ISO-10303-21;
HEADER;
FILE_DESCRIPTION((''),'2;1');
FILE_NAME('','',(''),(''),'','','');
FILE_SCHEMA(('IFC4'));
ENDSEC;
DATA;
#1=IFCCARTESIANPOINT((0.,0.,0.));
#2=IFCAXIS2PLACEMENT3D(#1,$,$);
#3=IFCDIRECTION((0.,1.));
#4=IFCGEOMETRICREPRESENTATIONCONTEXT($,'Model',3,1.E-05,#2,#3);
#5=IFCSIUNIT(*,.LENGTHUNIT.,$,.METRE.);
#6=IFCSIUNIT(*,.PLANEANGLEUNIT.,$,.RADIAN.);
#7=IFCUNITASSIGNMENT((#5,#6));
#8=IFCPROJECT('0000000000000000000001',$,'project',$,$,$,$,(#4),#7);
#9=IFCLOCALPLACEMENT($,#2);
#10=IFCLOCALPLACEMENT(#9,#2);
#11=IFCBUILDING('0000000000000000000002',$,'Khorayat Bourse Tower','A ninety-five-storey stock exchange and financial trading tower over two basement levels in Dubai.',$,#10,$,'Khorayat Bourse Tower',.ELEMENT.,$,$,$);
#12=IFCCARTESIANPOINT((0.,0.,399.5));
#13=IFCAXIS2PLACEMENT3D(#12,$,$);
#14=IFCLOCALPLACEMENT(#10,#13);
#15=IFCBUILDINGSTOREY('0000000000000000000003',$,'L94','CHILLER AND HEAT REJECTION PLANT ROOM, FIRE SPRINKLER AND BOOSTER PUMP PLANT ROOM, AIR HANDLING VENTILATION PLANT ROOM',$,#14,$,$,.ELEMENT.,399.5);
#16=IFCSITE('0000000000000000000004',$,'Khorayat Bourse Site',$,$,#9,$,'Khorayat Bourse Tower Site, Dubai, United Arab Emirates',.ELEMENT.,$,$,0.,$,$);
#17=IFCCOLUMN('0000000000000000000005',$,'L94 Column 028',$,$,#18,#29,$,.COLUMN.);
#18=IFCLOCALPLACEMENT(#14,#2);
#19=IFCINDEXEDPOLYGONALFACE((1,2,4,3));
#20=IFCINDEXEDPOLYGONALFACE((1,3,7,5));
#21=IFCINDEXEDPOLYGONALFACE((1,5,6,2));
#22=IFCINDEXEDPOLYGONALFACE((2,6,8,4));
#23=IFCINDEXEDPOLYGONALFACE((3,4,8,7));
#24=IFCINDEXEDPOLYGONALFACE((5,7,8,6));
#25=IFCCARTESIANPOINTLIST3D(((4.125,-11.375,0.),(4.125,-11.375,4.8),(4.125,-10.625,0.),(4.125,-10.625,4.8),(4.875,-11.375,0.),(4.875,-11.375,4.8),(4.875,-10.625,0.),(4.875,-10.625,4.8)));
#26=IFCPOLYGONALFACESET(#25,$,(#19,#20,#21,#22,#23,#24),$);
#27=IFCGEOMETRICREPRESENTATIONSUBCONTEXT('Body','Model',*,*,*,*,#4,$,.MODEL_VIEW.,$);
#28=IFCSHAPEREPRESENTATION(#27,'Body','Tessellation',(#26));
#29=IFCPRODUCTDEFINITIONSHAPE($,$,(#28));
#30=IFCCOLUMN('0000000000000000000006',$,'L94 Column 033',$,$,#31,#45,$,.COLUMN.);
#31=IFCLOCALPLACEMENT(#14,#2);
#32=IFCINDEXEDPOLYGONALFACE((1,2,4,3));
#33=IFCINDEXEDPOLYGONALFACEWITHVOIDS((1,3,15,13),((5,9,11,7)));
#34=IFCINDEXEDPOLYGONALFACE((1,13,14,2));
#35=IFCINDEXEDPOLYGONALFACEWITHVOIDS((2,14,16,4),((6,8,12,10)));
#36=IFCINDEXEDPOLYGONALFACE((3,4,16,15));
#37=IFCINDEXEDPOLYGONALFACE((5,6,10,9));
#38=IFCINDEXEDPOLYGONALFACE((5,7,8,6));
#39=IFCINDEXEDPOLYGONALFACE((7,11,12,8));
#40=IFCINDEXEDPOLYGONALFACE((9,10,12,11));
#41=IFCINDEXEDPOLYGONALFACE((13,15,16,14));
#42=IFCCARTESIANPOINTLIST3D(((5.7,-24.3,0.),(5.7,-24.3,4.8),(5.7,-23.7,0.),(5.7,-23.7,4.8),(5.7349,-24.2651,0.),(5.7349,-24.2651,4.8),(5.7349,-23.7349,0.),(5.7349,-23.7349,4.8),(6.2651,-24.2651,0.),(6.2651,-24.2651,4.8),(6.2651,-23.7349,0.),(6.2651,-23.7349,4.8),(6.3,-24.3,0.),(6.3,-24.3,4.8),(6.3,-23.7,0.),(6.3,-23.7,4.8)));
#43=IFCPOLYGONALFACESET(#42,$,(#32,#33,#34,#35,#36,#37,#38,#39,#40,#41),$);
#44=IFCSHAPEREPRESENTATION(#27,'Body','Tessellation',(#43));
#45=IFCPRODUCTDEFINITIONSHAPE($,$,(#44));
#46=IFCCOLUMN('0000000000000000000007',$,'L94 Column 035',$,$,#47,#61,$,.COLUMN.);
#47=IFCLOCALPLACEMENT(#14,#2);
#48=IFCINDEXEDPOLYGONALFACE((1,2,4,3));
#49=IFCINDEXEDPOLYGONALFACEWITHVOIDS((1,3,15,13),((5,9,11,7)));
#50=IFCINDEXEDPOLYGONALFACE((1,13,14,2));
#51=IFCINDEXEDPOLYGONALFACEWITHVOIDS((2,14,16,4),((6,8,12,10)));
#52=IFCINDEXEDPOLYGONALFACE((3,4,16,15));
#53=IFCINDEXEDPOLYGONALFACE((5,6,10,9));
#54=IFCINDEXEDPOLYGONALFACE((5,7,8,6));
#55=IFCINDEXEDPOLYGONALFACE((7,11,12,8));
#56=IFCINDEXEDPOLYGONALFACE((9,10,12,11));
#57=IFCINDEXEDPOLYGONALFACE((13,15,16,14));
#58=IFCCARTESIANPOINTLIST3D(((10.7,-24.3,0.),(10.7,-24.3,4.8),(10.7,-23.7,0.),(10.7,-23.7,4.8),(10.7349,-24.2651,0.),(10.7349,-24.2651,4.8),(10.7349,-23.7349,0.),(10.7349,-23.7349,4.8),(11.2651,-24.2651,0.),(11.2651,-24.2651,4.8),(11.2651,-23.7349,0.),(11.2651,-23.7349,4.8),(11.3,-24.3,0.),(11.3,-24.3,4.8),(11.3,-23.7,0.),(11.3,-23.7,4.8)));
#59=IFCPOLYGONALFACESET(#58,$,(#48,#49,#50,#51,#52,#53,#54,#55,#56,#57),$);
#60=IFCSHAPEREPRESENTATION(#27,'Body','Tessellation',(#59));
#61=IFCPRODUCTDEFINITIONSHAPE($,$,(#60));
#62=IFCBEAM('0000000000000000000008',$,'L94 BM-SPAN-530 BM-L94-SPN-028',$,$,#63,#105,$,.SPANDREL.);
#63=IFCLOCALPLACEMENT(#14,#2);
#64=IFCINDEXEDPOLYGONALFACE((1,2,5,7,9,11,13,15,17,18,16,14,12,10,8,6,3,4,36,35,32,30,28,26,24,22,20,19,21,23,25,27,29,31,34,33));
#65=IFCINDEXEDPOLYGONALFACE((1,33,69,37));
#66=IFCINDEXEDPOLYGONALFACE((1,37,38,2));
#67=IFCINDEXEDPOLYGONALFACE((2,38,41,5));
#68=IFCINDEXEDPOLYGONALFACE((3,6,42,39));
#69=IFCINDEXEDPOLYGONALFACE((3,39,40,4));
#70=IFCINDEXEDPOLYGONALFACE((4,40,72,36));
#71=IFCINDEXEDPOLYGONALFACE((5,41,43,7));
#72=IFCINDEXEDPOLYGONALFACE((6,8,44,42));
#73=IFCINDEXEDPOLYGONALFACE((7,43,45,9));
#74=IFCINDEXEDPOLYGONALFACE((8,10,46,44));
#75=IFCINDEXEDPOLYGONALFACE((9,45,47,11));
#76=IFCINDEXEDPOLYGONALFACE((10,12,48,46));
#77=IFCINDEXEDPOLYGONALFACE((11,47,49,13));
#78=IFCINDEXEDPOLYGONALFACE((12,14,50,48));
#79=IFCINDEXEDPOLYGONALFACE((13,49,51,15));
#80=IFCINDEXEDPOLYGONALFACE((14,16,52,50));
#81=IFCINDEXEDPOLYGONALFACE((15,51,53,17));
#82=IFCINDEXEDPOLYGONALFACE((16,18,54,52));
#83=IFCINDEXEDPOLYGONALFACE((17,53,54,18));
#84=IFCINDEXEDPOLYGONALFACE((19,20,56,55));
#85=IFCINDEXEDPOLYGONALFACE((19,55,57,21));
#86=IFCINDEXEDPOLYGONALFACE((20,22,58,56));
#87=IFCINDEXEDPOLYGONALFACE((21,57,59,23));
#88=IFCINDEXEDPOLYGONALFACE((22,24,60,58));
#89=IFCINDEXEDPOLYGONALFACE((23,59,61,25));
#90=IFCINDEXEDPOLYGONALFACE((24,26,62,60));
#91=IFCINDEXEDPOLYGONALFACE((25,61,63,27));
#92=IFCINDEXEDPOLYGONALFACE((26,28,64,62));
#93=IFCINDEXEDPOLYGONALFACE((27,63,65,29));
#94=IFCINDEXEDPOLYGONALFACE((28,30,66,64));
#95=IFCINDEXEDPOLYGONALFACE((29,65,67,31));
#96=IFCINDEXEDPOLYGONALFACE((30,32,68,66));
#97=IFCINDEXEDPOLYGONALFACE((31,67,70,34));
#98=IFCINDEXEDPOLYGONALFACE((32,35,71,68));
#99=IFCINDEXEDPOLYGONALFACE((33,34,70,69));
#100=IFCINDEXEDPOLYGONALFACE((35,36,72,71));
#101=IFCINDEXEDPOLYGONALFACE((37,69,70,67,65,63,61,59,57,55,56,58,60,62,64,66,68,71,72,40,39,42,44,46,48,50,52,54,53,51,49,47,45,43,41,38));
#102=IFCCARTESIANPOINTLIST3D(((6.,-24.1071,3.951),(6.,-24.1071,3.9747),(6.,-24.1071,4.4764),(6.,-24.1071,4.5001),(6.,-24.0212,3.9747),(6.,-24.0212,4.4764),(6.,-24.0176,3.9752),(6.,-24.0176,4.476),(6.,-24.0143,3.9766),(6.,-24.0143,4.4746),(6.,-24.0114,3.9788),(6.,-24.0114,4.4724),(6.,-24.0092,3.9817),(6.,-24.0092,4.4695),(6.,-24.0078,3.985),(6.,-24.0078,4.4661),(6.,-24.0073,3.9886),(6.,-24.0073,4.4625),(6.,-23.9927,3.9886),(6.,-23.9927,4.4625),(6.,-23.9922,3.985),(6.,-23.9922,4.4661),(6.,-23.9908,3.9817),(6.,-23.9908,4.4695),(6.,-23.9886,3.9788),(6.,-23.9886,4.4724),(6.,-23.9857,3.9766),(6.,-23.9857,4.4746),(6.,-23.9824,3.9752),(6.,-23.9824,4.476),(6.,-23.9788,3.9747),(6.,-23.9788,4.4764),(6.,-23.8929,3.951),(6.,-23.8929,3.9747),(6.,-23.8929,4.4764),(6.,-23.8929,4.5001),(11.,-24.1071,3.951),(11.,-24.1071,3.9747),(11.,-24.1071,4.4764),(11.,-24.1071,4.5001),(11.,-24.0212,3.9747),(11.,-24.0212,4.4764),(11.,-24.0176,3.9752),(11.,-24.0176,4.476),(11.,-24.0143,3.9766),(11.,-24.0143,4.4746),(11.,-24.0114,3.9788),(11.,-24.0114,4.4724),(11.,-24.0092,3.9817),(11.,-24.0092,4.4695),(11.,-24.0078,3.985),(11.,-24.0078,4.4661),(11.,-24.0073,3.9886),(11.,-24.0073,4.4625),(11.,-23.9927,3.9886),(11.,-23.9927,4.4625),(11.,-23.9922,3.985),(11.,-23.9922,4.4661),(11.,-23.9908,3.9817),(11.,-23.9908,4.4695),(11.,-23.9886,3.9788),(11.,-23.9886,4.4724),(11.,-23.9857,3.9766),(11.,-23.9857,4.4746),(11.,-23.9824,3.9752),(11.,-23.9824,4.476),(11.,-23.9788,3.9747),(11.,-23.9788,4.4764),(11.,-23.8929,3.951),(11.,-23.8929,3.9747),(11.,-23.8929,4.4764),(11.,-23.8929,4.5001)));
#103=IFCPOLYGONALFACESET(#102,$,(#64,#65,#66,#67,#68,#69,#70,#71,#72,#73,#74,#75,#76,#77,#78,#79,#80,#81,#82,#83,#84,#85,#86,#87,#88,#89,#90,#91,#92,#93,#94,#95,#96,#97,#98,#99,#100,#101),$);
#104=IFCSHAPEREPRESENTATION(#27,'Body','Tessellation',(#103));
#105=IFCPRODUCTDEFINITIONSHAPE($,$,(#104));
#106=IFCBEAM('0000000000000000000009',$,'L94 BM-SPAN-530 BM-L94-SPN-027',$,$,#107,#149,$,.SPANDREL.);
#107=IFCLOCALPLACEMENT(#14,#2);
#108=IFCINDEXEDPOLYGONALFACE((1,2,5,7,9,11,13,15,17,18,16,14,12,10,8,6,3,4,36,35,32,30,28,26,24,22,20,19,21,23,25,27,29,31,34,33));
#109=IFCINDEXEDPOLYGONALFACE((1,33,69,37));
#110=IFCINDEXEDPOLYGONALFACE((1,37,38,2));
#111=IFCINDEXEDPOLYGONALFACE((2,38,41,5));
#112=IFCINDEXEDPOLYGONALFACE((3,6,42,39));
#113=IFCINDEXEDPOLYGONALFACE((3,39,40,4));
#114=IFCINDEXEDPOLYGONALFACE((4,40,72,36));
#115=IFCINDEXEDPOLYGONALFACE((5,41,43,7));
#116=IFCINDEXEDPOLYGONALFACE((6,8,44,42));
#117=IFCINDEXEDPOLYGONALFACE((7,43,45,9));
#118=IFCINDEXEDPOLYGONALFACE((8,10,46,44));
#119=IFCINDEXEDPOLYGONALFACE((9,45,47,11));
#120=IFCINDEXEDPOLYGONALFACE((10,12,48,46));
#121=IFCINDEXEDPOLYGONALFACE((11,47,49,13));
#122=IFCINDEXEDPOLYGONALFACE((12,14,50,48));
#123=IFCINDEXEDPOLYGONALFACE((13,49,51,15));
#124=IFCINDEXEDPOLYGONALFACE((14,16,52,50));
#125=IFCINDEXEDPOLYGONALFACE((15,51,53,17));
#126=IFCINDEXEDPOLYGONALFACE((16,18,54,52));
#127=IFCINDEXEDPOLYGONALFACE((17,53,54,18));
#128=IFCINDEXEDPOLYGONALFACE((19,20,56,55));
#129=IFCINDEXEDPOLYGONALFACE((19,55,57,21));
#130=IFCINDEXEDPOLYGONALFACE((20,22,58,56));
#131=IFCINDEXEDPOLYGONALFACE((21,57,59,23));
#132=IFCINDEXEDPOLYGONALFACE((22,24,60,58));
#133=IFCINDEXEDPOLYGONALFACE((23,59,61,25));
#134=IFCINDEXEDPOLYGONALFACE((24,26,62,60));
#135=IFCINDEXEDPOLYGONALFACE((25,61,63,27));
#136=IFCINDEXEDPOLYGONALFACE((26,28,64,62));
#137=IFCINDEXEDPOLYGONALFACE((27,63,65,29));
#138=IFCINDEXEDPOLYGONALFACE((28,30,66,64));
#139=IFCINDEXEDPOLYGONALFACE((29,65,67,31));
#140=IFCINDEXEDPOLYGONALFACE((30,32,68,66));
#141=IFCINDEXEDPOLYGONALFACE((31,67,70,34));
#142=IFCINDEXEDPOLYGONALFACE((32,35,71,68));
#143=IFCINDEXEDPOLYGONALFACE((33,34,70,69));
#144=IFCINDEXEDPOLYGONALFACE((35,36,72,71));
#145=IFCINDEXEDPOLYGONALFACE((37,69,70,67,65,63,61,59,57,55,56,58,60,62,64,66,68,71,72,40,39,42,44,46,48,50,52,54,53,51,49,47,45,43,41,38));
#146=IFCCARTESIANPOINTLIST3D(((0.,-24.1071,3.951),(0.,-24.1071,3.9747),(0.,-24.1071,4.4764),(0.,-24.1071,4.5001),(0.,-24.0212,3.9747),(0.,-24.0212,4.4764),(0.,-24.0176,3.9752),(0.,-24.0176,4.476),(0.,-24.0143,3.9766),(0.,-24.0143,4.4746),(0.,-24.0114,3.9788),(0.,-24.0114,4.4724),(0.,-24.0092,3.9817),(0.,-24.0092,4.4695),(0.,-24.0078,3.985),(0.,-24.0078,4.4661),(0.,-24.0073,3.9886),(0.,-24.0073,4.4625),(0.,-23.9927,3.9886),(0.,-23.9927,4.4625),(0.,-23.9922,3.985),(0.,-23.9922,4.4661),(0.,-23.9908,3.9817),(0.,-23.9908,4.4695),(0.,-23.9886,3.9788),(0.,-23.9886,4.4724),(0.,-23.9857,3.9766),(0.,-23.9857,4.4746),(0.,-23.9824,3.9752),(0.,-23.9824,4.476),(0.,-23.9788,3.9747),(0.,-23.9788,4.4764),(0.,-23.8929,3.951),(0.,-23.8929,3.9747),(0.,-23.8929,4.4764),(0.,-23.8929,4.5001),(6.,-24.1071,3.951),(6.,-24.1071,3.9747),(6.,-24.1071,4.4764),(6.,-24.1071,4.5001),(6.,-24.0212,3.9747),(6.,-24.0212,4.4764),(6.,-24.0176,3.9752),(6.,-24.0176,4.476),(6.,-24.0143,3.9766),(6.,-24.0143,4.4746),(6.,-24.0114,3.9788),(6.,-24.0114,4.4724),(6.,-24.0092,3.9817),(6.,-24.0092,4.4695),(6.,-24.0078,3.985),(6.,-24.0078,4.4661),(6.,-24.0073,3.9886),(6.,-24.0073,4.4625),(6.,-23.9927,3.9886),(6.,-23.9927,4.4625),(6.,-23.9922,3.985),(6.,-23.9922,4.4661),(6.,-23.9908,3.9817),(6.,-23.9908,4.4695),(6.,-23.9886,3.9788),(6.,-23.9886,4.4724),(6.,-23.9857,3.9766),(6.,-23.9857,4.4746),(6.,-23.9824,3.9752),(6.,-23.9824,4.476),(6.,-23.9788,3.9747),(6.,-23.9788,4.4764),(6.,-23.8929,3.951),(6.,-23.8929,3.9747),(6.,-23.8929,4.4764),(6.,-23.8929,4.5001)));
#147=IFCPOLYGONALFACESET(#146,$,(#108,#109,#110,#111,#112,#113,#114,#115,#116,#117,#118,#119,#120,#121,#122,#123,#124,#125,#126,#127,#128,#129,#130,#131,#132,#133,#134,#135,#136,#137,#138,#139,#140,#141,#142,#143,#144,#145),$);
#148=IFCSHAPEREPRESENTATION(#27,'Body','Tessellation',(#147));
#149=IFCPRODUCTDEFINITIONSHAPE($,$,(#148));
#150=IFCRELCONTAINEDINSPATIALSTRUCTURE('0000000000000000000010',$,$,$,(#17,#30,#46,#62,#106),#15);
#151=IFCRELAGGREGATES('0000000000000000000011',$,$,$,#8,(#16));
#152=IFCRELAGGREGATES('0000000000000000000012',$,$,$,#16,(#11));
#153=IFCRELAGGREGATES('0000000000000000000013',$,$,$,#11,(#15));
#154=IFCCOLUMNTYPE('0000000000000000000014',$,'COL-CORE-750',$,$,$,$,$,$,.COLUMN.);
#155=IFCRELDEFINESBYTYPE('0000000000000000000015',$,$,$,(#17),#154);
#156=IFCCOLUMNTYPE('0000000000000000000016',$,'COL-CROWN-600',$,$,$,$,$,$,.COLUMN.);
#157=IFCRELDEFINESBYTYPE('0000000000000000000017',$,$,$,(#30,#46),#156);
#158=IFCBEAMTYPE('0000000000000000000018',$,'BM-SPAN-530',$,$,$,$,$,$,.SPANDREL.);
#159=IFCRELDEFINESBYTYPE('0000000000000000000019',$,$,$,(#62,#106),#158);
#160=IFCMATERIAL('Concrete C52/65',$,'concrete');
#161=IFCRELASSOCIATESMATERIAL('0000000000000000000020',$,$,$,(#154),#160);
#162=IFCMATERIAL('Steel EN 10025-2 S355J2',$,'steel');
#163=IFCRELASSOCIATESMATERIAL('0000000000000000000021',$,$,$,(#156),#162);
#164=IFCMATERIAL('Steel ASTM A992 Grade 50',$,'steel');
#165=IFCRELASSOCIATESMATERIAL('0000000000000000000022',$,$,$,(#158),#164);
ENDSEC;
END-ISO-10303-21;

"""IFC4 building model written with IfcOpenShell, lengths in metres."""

from ifc_helpers import new_model, si_unit, direction, frame, origin, origin_2d, place, context, subcontext, project, spatial, rectangle, hollow_rectangle, i_section, extrude, source, transform, mapped, material, material_profile, profile_set, type_object, element, save


model = new_model("IFC4")

# Units and contexts
model_context = context("Model", 3, precision=1e-05, world=origin(), true_north=direction((0.0, 1.0)))
body_context = subcontext(model_context, "Body", "Model", "MODEL_VIEW")
ifc_project = project(units=[si_unit("LENGTHUNIT", "METRE"), si_unit("PLANEANGLEUNIT", "RADIAN")], contexts=[model_context])

# Site, building, storey
site_placement = place(None, origin())
site = spatial("IfcSite", under=ifc_project, at=site_placement, Name="Khorayat Bourse Site", LongName="Khorayat Bourse Tower Site, Dubai, United Arab Emirates", CompositionType="ELEMENT", RefElevation=0.0)
building_placement = place(site_placement, origin())
building = spatial("IfcBuilding", under=site, at=building_placement, Name="Khorayat Bourse Tower", Description="A ninety-five-storey stock exchange and financial trading tower over two basement levels in Dubai.", LongName="Khorayat Bourse Tower", CompositionType="ELEMENT")
storey_placement = place(building_placement, frame((0.0, 0.0, 399.5)))
storey = spatial("IfcBuildingStorey", under=building, at=storey_placement, Name="L94", Description="CHILLER AND HEAT REJECTION PLANT ROOM, FIRE SPRINKLER AND BOOSTER PUMP PLANT ROOM, AIR HANDLING VENTILATION PLANT ROOM", CompositionType="ELEMENT", Elevation=399.5)

# Columns
ifc_material_1 = material(Name="Concrete C52/65", Category="concrete")
ifc_material_profile_1 = material_profile(ifc_material_1, rectangle(XDim=0.75, YDim=0.75, at=origin_2d()), Name="RC 750x750")
ifc_profile_set_1 = profile_set([ifc_material_profile_1], Name="Concrete C52/65")
column_type_1 = type_object("IfcColumnType", Name="COL-CORE-750", PredefinedType="COLUMN", material=ifc_profile_set_1)
shared_shape_1 = source(origin(), body_context, "Body", "SweptSolid", [
    extrude(rectangle(XDim=0.75, YDim=0.75, at=origin_2d()), origin(), (0.0, 0.0, 1.0), 4.8),
])
column_placement = place(storey_placement, frame((4.5, -11.0, 0.0), z_axis=(0.0, 0.0, 1.0), x_axis=(1.0, 0.0, 0.0)))
element("IfcColumn", 1, at=column_placement, inside=storey, type_object=column_type_1, Name="L94 Column 028", PredefinedType="COLUMN", context=body_context, shape_type="MappedRepresentation", body=[
    mapped(shared_shape_1, transform((0.0, 0.0, 0.0), scale=1.0)),
])
ifc_material_2 = material(Name="Steel EN 10025-2 S355J2", Category="steel")
ifc_material_profile_2 = material_profile(ifc_material_2, hollow_rectangle(XDim=0.6001, YDim=0.6001, WallThickness=0.0349, at=origin_2d()), Name="BOX 600x600x35")
ifc_profile_set_2 = profile_set([ifc_material_profile_2], Name="Steel EN 10025-2 S355J2")
column_type_2 = type_object("IfcColumnType", Name="COL-CROWN-600", PredefinedType="COLUMN", material=ifc_profile_set_2)
shared_shape_2 = source(origin(), body_context, "Body", "SweptSolid", [
    extrude(hollow_rectangle(XDim=0.6001, YDim=0.6001, WallThickness=0.0349, at=origin_2d()), origin(), (0.0, 0.0, 1.0), 4.8),
])
for number, where, z_axis, x_axis, name in (
    (2, (6.0, -24.0, 0.0), (0.0, 0.0, 1.0), (1.0, 0.0, 0.0), "L94 Column 033"),
    (3, (11.0, -24.0, 0.0), (0.0, 0.0, 1.0), (1.0, 0.0, 0.0), "L94 Column 035"),
):
    element("IfcColumn", number, at=place(storey_placement, frame(where, z_axis=z_axis, x_axis=x_axis)), inside=storey, type_object=column_type_2, Name=name, PredefinedType="COLUMN", context=body_context, shape_type="MappedRepresentation", body=[
        mapped(shared_shape_2, transform((0.0, 0.0, 0.0), scale=1.0)),
    ])

# Beams
ifc_material_3 = material(Name="Steel ASTM A992 Grade 50", Category="steel")
ifc_material_profile_3 = material_profile(ifc_material_3, i_section(OverallWidth=0.2141, OverallDepth=0.5491, WebThickness=0.0146, FlangeThickness=0.0237, FilletRadius=0.0139, at=origin_2d()), Name="W530X138")
ifc_profile_set_3 = profile_set([ifc_material_profile_3], Name="Steel ASTM A992 Grade 50")
beam_type_1 = type_object("IfcBeamType", Name="BM-SPAN-530", PredefinedType="SPANDREL", material=ifc_profile_set_3)
shared_shape_3 = source(origin(), body_context, "Body", "SweptSolid", [
    extrude(i_section(OverallWidth=0.2141, OverallDepth=0.5491, WebThickness=0.0146, FlangeThickness=0.0237, FilletRadius=0.0139, at=origin_2d()), origin(), (0.0, 0.0, 1.0), 5.0),
])
beam_1_placement = place(storey_placement, frame((6.0, -24.0, 4.2256), z_axis=(1.0, 0.0, 0.0), x_axis=(0.0, 1.0, 0.0)))
element("IfcBeam", 4, at=beam_1_placement, inside=storey, type_object=beam_type_1, Name="L94 BM-SPAN-530 BM-L94-SPN-028", PredefinedType="SPANDREL", context=body_context, shape_type="MappedRepresentation", body=[
    mapped(shared_shape_3, transform((0.0, 0.0, 0.0), scale=1.0)),
])
shared_shape_4 = source(origin(), body_context, "Body", "SweptSolid", [
    extrude(i_section(OverallWidth=0.2141, OverallDepth=0.5491, WebThickness=0.0146, FlangeThickness=0.0237, FilletRadius=0.0139, at=origin_2d()), origin(), (0.0, 0.0, 1.0), 6.0),
])
beam_2_placement = place(storey_placement, frame((0.0, -24.0, 4.2256), z_axis=(1.0, 0.0, 0.0), x_axis=(0.0, 1.0, 0.0)))
element("IfcBeam", 5, at=beam_2_placement, inside=storey, type_object=beam_type_1, Name="L94 BM-SPAN-530 BM-L94-SPN-027", PredefinedType="SPANDREL", context=body_context, shape_type="MappedRepresentation", body=[
    mapped(shared_shape_4, transform((0.0, 0.0, 0.0), scale=1.0)),
])

save(model, "model.ifc")
